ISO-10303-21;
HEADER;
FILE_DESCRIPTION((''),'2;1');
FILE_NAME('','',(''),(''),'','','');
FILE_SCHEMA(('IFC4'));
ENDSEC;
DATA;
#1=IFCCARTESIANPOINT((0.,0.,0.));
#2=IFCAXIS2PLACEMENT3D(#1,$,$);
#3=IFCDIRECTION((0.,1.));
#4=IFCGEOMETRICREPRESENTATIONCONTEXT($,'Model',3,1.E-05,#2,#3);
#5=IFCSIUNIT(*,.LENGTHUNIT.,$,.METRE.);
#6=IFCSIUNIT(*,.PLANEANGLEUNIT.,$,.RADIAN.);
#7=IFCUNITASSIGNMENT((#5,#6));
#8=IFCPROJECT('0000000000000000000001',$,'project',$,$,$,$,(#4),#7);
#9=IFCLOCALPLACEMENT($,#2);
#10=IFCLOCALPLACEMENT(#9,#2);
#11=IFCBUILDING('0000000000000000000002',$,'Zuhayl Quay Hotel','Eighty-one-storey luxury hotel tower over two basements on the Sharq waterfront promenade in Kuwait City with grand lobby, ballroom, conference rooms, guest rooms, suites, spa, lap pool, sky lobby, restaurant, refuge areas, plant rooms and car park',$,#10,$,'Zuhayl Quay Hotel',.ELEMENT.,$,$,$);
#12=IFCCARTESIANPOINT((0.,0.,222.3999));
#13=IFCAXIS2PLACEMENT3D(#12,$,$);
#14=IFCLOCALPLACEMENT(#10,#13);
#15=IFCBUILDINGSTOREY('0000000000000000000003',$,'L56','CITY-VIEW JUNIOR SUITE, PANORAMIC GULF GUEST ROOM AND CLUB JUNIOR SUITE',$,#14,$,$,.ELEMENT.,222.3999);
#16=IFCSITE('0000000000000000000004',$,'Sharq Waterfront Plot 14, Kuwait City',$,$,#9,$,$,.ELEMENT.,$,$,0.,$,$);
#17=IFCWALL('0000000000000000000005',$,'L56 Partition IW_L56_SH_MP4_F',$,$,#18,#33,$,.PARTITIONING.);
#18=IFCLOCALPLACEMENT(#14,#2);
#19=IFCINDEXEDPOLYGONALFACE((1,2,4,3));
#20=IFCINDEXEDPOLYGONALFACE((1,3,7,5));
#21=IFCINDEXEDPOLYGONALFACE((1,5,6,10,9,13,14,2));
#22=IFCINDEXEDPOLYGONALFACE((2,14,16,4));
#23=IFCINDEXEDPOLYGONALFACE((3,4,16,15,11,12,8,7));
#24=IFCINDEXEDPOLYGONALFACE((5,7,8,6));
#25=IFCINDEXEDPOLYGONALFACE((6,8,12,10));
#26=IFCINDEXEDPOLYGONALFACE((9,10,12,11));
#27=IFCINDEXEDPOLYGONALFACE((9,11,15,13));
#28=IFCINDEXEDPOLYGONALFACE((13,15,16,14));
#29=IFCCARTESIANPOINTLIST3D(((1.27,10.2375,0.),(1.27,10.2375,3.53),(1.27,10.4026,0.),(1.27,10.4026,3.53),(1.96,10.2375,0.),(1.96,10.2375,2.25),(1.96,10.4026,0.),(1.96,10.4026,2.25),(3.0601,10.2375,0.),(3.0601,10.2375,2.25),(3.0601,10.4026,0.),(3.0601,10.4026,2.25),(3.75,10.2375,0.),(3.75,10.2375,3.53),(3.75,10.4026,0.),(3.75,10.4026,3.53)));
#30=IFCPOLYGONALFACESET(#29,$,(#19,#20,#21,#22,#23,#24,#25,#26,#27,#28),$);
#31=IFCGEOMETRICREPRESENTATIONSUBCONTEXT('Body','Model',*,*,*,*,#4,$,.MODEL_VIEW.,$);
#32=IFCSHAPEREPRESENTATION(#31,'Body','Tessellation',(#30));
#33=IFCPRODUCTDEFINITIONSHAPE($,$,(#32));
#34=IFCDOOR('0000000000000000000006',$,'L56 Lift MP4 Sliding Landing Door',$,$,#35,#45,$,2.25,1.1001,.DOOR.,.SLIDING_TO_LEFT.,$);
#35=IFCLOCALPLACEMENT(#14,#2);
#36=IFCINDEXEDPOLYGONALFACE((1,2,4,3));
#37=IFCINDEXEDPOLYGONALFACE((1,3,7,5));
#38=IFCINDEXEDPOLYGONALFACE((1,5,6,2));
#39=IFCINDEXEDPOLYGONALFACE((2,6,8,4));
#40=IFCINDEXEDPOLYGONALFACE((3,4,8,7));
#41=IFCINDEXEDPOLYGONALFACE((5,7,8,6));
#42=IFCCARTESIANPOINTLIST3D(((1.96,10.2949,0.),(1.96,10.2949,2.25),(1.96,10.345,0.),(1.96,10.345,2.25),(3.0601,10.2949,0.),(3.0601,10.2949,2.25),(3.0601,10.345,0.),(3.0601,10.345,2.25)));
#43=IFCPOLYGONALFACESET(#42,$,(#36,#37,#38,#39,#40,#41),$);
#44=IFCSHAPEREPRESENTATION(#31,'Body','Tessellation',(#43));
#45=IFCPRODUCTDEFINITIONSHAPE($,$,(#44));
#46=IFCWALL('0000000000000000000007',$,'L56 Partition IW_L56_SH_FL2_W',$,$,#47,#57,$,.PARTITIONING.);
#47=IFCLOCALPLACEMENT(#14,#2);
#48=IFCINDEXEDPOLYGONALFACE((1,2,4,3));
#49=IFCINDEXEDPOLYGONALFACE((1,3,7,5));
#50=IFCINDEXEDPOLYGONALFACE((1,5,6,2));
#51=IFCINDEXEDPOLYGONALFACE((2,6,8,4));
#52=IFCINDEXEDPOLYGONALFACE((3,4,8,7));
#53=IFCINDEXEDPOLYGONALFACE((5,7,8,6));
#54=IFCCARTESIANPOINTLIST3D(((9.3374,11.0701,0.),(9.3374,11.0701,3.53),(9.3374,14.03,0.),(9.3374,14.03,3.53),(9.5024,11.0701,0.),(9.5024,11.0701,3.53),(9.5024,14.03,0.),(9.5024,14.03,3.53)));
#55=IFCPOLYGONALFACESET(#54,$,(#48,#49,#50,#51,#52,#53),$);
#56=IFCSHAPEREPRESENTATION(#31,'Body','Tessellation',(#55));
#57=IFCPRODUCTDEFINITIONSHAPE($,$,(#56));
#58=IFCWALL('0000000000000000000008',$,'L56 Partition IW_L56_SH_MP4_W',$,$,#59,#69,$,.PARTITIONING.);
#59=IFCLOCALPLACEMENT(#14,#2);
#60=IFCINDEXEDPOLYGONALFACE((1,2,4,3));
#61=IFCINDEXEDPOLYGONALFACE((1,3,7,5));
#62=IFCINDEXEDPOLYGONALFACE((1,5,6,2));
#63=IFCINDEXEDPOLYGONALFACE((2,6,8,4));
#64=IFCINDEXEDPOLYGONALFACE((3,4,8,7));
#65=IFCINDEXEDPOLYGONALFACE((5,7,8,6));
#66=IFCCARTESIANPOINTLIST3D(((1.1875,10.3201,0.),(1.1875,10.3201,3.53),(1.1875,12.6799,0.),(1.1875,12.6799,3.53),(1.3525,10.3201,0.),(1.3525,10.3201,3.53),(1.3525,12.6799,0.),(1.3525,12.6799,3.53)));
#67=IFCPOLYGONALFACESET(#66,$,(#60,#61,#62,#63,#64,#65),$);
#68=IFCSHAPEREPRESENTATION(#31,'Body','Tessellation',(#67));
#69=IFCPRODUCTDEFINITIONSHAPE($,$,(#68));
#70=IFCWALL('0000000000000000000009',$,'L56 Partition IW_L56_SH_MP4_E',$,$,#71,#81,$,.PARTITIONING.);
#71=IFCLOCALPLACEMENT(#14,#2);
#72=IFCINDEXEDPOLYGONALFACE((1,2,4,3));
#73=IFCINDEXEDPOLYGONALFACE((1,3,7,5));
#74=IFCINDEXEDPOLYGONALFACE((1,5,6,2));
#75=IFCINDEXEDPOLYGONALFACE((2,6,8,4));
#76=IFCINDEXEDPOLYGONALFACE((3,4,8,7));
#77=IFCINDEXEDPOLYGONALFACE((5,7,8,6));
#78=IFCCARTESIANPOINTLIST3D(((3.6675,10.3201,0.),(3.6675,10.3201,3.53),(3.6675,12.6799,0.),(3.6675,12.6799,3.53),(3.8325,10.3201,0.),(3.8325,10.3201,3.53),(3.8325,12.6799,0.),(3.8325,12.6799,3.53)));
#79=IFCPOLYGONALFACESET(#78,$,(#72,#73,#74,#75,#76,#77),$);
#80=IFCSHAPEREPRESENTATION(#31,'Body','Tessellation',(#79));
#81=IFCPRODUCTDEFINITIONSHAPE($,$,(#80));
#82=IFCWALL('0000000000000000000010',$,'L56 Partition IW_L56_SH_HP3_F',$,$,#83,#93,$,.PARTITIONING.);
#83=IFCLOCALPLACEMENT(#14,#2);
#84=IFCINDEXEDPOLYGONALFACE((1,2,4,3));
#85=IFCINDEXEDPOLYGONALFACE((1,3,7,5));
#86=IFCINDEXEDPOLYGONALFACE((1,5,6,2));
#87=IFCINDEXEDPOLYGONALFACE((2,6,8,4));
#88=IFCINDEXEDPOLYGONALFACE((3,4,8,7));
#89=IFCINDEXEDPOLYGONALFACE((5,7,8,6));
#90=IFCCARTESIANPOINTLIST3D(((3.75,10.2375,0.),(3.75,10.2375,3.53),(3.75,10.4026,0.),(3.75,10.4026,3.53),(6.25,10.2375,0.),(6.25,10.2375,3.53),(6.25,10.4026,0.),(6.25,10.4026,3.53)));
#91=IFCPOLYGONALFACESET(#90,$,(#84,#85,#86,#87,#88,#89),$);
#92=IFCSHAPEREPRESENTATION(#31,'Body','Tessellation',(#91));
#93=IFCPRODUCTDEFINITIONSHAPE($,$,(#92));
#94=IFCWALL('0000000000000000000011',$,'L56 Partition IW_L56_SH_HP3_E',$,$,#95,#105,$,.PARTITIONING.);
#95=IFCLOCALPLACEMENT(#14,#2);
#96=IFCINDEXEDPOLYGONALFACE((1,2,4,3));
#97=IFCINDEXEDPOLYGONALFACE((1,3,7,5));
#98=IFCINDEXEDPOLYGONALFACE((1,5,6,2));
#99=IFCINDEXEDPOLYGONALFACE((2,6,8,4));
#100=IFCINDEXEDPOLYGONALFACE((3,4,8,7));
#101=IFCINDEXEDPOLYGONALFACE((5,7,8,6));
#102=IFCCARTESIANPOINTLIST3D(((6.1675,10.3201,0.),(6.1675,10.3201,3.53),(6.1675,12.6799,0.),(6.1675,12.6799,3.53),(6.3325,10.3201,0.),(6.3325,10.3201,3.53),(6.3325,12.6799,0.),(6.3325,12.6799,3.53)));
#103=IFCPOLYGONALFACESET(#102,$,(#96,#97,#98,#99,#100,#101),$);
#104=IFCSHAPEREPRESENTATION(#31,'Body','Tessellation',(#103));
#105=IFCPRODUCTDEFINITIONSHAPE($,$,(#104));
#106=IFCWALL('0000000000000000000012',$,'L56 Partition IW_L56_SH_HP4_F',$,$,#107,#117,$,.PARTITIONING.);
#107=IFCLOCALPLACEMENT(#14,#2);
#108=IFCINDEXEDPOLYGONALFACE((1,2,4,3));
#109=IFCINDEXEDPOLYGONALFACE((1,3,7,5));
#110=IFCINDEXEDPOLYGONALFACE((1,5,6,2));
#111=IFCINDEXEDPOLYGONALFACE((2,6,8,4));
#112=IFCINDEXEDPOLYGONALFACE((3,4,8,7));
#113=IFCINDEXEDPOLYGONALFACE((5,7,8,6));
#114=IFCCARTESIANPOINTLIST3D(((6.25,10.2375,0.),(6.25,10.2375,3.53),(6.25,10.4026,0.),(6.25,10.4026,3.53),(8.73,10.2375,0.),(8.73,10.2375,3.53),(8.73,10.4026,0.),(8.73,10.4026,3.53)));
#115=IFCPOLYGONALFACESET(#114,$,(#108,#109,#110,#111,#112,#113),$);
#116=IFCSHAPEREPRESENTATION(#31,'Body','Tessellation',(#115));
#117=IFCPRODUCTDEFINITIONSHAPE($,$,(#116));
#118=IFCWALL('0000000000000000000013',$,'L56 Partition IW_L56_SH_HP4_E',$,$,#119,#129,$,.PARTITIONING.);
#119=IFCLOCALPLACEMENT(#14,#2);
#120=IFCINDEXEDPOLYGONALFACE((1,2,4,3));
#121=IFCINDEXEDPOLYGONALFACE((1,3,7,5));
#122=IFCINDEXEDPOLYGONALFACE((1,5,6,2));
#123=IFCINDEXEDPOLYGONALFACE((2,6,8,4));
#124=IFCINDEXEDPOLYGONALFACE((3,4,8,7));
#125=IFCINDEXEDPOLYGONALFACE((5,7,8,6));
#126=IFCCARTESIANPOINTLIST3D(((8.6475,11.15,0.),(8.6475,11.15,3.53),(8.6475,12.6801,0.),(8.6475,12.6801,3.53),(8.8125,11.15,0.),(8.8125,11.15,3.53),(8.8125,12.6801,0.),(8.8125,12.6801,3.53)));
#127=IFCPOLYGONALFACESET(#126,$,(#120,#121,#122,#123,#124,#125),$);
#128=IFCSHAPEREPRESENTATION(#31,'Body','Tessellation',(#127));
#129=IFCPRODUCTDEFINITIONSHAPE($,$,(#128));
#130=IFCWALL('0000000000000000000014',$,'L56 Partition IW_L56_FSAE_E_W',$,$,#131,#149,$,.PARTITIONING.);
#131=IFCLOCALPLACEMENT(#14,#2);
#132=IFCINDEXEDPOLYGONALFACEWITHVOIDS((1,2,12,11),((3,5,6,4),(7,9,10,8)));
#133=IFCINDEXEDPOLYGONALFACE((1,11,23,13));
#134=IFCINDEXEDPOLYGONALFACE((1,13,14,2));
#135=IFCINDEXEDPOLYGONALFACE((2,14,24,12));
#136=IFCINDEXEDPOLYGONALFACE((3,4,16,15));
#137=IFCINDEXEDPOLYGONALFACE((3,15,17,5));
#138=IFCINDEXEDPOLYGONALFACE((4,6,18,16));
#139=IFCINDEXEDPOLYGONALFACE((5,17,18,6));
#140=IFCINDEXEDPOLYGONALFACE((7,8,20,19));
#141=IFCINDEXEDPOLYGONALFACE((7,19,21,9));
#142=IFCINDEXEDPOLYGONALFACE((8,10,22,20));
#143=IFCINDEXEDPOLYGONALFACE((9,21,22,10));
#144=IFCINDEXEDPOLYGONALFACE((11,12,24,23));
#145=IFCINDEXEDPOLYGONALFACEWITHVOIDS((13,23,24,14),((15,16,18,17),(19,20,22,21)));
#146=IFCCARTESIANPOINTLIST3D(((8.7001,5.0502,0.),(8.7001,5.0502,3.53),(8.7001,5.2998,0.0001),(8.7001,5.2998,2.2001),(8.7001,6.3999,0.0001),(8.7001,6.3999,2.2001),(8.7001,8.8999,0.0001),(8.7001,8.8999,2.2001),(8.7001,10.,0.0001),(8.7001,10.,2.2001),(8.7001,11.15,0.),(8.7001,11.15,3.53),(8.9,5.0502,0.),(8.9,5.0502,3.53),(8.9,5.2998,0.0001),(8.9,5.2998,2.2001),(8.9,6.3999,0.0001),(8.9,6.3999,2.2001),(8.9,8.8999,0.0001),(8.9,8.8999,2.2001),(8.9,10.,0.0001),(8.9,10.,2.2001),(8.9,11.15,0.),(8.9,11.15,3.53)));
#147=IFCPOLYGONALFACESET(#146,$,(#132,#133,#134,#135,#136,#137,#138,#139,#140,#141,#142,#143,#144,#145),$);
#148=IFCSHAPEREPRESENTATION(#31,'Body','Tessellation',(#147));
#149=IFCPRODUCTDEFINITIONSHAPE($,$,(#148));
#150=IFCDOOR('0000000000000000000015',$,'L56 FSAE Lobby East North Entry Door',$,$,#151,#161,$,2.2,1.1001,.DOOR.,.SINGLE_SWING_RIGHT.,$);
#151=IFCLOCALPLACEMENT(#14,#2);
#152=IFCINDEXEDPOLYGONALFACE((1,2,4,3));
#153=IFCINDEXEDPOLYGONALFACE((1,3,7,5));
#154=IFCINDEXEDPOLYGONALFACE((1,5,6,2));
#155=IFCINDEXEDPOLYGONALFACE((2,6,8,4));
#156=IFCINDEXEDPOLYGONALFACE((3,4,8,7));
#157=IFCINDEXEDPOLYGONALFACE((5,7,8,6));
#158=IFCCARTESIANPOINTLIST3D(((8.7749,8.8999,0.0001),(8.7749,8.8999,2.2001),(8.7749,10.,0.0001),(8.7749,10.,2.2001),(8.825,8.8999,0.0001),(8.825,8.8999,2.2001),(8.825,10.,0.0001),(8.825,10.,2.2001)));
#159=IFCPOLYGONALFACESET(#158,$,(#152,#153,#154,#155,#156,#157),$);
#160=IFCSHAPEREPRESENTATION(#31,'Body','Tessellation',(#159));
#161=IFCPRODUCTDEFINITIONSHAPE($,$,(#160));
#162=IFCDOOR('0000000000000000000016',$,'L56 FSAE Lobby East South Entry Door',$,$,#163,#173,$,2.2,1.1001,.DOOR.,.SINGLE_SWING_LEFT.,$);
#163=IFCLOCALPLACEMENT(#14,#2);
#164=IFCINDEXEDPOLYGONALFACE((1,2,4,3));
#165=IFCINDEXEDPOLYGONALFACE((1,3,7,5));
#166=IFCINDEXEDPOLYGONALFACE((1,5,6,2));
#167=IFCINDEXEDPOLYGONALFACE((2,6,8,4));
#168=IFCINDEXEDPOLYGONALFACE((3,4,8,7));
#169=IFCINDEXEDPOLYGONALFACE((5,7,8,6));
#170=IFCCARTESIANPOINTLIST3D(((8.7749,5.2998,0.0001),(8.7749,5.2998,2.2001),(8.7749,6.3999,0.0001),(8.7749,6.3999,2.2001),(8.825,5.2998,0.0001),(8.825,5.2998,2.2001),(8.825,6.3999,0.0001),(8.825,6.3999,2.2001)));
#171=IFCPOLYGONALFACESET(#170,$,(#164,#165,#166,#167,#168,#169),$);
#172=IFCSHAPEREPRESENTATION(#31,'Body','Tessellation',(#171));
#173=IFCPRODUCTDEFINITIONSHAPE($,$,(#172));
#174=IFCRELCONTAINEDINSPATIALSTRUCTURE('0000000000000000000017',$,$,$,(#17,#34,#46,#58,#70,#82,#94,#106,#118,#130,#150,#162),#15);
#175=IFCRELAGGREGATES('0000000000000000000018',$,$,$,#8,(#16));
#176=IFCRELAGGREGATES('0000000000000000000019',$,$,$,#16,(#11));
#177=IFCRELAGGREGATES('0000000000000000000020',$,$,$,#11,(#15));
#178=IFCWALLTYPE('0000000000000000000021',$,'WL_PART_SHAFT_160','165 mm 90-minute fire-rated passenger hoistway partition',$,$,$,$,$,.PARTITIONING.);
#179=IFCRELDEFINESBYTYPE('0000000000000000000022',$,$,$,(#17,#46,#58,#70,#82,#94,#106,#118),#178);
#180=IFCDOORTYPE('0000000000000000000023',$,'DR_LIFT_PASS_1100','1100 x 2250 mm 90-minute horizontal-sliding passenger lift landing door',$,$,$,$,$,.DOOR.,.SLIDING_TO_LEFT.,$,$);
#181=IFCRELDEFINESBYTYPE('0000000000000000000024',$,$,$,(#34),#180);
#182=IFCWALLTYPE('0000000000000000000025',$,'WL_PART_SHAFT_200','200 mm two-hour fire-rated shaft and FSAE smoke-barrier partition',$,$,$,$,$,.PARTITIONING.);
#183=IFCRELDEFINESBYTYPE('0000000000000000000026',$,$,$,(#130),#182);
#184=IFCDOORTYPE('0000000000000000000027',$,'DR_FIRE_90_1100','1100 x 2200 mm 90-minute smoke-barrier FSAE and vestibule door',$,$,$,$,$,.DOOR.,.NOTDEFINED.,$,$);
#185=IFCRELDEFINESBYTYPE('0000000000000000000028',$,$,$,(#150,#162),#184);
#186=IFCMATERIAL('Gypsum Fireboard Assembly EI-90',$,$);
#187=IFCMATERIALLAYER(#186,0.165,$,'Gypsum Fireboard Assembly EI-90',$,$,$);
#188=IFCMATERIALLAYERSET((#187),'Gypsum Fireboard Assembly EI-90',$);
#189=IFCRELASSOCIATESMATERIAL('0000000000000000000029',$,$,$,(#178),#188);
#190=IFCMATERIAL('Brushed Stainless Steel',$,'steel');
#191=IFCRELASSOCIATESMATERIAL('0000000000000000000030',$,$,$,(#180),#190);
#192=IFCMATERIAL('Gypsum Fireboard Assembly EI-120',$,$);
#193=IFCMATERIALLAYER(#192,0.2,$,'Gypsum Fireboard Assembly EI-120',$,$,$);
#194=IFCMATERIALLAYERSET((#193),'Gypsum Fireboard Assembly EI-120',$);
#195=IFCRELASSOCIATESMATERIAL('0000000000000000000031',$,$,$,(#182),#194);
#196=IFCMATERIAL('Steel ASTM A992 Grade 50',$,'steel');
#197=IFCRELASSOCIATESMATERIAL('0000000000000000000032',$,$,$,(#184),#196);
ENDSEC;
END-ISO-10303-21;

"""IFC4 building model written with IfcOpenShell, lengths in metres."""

from ifc_helpers import new_model, si_unit, direction, frame, frame_2d, origin, place, context, subcontext, project, spatial, rectangle, extrude, material, layer, layer_set, type_object, element, fill, save


model = new_model("IFC4")

# Units and contexts
model_context = context("Model", 3, precision=1e-05, world=origin(), true_north=direction((0.0, 1.0)))
body_context = subcontext(model_context, "Body", "Model", "MODEL_VIEW")
ifc_project = project(units=[si_unit("LENGTHUNIT", "METRE"), si_unit("PLANEANGLEUNIT", "RADIAN")], contexts=[model_context])

# Site, building, storey
site_placement = place(None, origin())
site = spatial("IfcSite", under=ifc_project, at=site_placement, Name="Sharq Waterfront Plot 14, Kuwait City", CompositionType="ELEMENT", RefElevation=0.0)
building_placement = place(site_placement, origin())
building = spatial("IfcBuilding", under=site, at=building_placement, Name="Zuhayl Quay Hotel", Description="Eighty-one-storey luxury hotel tower over two basements on the Sharq waterfront promenade in Kuwait City with grand lobby, ballroom, conference rooms, guest rooms, suites, spa, lap pool, sky lobby, restaurant, refuge areas, plant rooms and car park", LongName="Zuhayl Quay Hotel", CompositionType="ELEMENT")
storey_placement = place(building_placement, frame((0.0, 0.0, 222.3999)))
storey = spatial("IfcBuildingStorey", under=building, at=storey_placement, Name="L56", Description="CITY-VIEW JUNIOR SUITE, PANORAMIC GULF GUEST ROOM AND CLUB JUNIOR SUITE", CompositionType="ELEMENT", Elevation=222.3999)

# Shared definitions
ifc_material_1 = material(Name="Steel ASTM A992 Grade 50", Category="steel")

# Wall, opening, door
ifc_material_2 = material(Name="Gypsum Fireboard Assembly EI-90")
ifc_layer_1 = layer(ifc_material_2, 0.165, Name="Gypsum Fireboard Assembly EI-90")
ifc_layer_set_1 = layer_set([ifc_layer_1], Name="Gypsum Fireboard Assembly EI-90")
wall_type_1 = type_object("IfcWallType", Name="WL_PART_SHAFT_160", Description="165 mm 90-minute fire-rated passenger hoistway partition", PredefinedType="PARTITIONING", material=ifc_layer_set_1)
ifc_material_3 = material(Name="Brushed Stainless Steel", Category="steel")
wall_1_placement = place(storey_placement, frame((1.27, 10.3201, 0.0), z_axis=(0.0, 0.0, 1.0), x_axis=(1.0, 0.0, 0.0)))
wall_1 = element("IfcWall", 1, at=wall_1_placement, inside=storey, type_object=wall_type_1, Name="L56 Partition IW_L56_SH_MP4_F", PredefinedType="PARTITIONING", context=body_context, shape_type="SweptSolid", body=[
    extrude(rectangle(XDim=2.48, YDim=0.165, at=frame_2d((1.24, 0.0))), origin(), (0.0, 0.0, 1.0), 3.53),
])
opening_1_placement = place(wall_1_placement, frame((0.6899, 0.0, 0.0)))
opening_1 = element("IfcOpeningElement", 2, at=opening_1_placement, cuts=wall_1, PredefinedType="OPENING", context=body_context, shape_type="SweptSolid", body=[
    extrude(rectangle(XDim=1.1001, YDim=2.25, at=frame_2d((0.55, 1.125))), frame((0.0, 0.0925, 0.0), z_axis=(0.0, -1.0, 0.0), x_axis=(1.0, 0.0, 0.0)), (0.0, 0.0, 1.0), 0.1851),
])
door_type_1 = type_object("IfcDoorType", Name="DR_LIFT_PASS_1100", Description="1100 x 2250 mm 90-minute horizontal-sliding passenger lift landing door", OperationType="SLIDING_TO_LEFT", PredefinedType="DOOR", material=ifc_material_3)
door_1_placement = place(opening_1_placement, origin())
door_1 = element("IfcDoor", 3, at=door_1_placement, inside=storey, type_object=door_type_1, Name="L56 Lift MP4 Sliding Landing Door", OperationType="SLIDING_TO_LEFT", OverallHeight=2.25, OverallWidth=1.1001, PredefinedType="DOOR", context=body_context, shape_type="SweptSolid", body=[
    extrude(rectangle(XDim=1.1001, YDim=2.25, at=frame_2d((0.55, 1.125))), frame((0.0, 0.0249, 0.0), z_axis=(0.0, -1.0, 0.0), x_axis=(1.0, 0.0, 0.0)), (0.0, 0.0, 1.0), 0.05),
])
fill(opening_1, door_1)

# Walls
wall_2_placement = place(storey_placement, frame((9.4199, 11.0701, 0.0), z_axis=(0.0, 0.0, 1.0), x_axis=(0.0, 1.0, 0.0)))
element("IfcWall", 4, at=wall_2_placement, inside=storey, type_object=wall_type_1, Name="L56 Partition IW_L56_SH_FL2_W", PredefinedType="PARTITIONING", context=body_context, shape_type="SweptSolid", body=[
    extrude(rectangle(XDim=2.96, YDim=0.165, at=frame_2d((1.48, 0.0))), origin(), (0.0, 0.0, 1.0), 3.53),
])
for number, where, z_axis, x_axis, name in (
    (5, (1.27, 10.3201, 0.0), (0.0, 0.0, 1.0), (0.0, 1.0, 0.0), "L56 Partition IW_L56_SH_MP4_W"),
    (6, (3.75, 10.3201, 0.0), (0.0, 0.0, 1.0), (0.0, 1.0, 0.0), "L56 Partition IW_L56_SH_MP4_E"),
):
    element("IfcWall", number, at=place(storey_placement, frame(where, z_axis=z_axis, x_axis=x_axis)), inside=storey, type_object=wall_type_1, Name=name, PredefinedType="PARTITIONING", context=body_context, shape_type="SweptSolid", body=[
        extrude(rectangle(XDim=2.3599, YDim=0.165, at=frame_2d((1.1799, 0.0))), origin(), (0.0, 0.0, 1.0), 3.53),
    ])
wall_3_placement = place(storey_placement, frame((3.75, 10.3201, 0.0), z_axis=(0.0, 0.0, 1.0), x_axis=(1.0, 0.0, 0.0)))
element("IfcWall", 7, at=wall_3_placement, inside=storey, type_object=wall_type_1, Name="L56 Partition IW_L56_SH_HP3_F", PredefinedType="PARTITIONING", context=body_context, shape_type="SweptSolid", body=[
    extrude(rectangle(XDim=2.5, YDim=0.165, at=frame_2d((1.25, 0.0))), origin(), (0.0, 0.0, 1.0), 3.53),
])
wall_4_placement = place(storey_placement, frame((6.25, 10.3201, 0.0), z_axis=(0.0, 0.0, 1.0), x_axis=(0.0, 1.0, 0.0)))
element("IfcWall", 8, at=wall_4_placement, inside=storey, type_object=wall_type_1, Name="L56 Partition IW_L56_SH_HP3_E", PredefinedType="PARTITIONING", context=body_context, shape_type="SweptSolid", body=[
    extrude(rectangle(XDim=2.3599, YDim=0.165, at=frame_2d((1.1799, 0.0))), origin(), (0.0, 0.0, 1.0), 3.53),
])
wall_5_placement = place(storey_placement, frame((6.25, 10.3201, 0.0), z_axis=(0.0, 0.0, 1.0), x_axis=(1.0, 0.0, 0.0)))
element("IfcWall", 9, at=wall_5_placement, inside=storey, type_object=wall_type_1, Name="L56 Partition IW_L56_SH_HP4_F", PredefinedType="PARTITIONING", context=body_context, shape_type="SweptSolid", body=[
    extrude(rectangle(XDim=2.48, YDim=0.165, at=frame_2d((1.24, 0.0))), origin(), (0.0, 0.0, 1.0), 3.53),
])
wall_6_placement = place(storey_placement, frame((8.73, 11.1499, 0.0), z_axis=(0.0, 0.0, 1.0), x_axis=(0.0, 1.0, 0.0)))
element("IfcWall", 10, at=wall_6_placement, inside=storey, type_object=wall_type_1, Name="L56 Partition IW_L56_SH_HP4_E", PredefinedType="PARTITIONING", context=body_context, shape_type="SweptSolid", body=[
    extrude(rectangle(XDim=1.53, YDim=0.165, at=frame_2d((0.7651, 0.0))), origin(), (0.0, 0.0, 1.0), 3.53),
])

# Wall, openings, doors
ifc_material_4 = material(Name="Gypsum Fireboard Assembly EI-120")
ifc_layer_2 = layer(ifc_material_4, 0.2, Name="Gypsum Fireboard Assembly EI-120")
ifc_layer_set_2 = layer_set([ifc_layer_2], Name="Gypsum Fireboard Assembly EI-120")
wall_type_2 = type_object("IfcWallType", Name="WL_PART_SHAFT_200", Description="200 mm two-hour fire-rated shaft and FSAE smoke-barrier partition", PredefinedType="PARTITIONING", material=ifc_layer_set_2)
wall_7_placement = place(storey_placement, frame((8.8, 11.1499, 0.0), z_axis=(0.0, 0.0, 1.0), x_axis=(0.0, -1.0, 0.0)))
wall_7 = element("IfcWall", 11, at=wall_7_placement, inside=storey, type_object=wall_type_2, Name="L56 Partition IW_L56_FSAE_E_W", PredefinedType="PARTITIONING", context=body_context, shape_type="SweptSolid", body=[
    extrude(rectangle(XDim=6.0999, YDim=0.2, at=frame_2d((3.0498, 0.0))), origin(), (0.0, 0.0, 1.0), 3.53),
])
opening_2_placement = place(wall_7_placement, frame((1.1499, 0.0, 0.0)))
opening_2 = element("IfcOpeningElement", 12, at=opening_2_placement, cuts=wall_7, PredefinedType="OPENING", context=body_context, shape_type="SweptSolid", body=[
    extrude(rectangle(XDim=1.1001, YDim=2.2, at=frame_2d((0.55, 1.1001))), frame((0.0, 0.1099, 0.0), z_axis=(0.0, -1.0, 0.0), x_axis=(1.0, 0.0, 0.0)), (0.0, 0.0, 1.0), 0.22),
])
opening_3_placement = place(wall_7_placement, frame((4.75, 0.0, 0.0)))
opening_3 = element("IfcOpeningElement", 13, at=opening_3_placement, cuts=wall_7, PredefinedType="OPENING", context=body_context, shape_type="SweptSolid", body=[
    extrude(rectangle(XDim=1.1001, YDim=2.2, at=frame_2d((0.55, 1.1001))), frame((0.0, 0.1099, 0.0), z_axis=(0.0, -1.0, 0.0), x_axis=(1.0, 0.0, 0.0)), (0.0, 0.0, 1.0), 0.22),
])
door_type_2 = type_object("IfcDoorType", Name="DR_FIRE_90_1100", Description="1100 x 2200 mm 90-minute smoke-barrier FSAE and vestibule door", OperationType="NOTDEFINED", PredefinedType="DOOR", material=ifc_material_1)
door_2_placement = place(opening_2_placement, origin())
door_2 = element("IfcDoor", 14, at=door_2_placement, inside=storey, type_object=door_type_2, Name="L56 FSAE Lobby East North Entry Door", OperationType="SINGLE_SWING_RIGHT", OverallHeight=2.2, OverallWidth=1.1001, PredefinedType="DOOR", context=body_context, shape_type="SweptSolid", body=[
    extrude(rectangle(XDim=1.1001, YDim=2.2, at=frame_2d((0.55, 1.1001))), frame((0.0, 0.0249, 0.0), z_axis=(0.0, -1.0, 0.0), x_axis=(1.0, 0.0, 0.0)), (0.0, 0.0, 1.0), 0.05),
])
fill(opening_2, door_2)
door_3_placement = place(opening_3_placement, origin())
door_3 = element("IfcDoor", 15, at=door_3_placement, inside=storey, type_object=door_type_2, Name="L56 FSAE Lobby East South Entry Door", OperationType="SINGLE_SWING_LEFT", OverallHeight=2.2, OverallWidth=1.1001, PredefinedType="DOOR", context=body_context, shape_type="SweptSolid", body=[
    extrude(rectangle(XDim=1.1001, YDim=2.2, at=frame_2d((0.55, 1.1001))), frame((0.0, 0.0249, 0.0), z_axis=(0.0, -1.0, 0.0), x_axis=(1.0, 0.0, 0.0)), (0.0, 0.0, 1.0), 0.05),
])
fill(opening_3, door_3)

save(model, "model.ifc")
